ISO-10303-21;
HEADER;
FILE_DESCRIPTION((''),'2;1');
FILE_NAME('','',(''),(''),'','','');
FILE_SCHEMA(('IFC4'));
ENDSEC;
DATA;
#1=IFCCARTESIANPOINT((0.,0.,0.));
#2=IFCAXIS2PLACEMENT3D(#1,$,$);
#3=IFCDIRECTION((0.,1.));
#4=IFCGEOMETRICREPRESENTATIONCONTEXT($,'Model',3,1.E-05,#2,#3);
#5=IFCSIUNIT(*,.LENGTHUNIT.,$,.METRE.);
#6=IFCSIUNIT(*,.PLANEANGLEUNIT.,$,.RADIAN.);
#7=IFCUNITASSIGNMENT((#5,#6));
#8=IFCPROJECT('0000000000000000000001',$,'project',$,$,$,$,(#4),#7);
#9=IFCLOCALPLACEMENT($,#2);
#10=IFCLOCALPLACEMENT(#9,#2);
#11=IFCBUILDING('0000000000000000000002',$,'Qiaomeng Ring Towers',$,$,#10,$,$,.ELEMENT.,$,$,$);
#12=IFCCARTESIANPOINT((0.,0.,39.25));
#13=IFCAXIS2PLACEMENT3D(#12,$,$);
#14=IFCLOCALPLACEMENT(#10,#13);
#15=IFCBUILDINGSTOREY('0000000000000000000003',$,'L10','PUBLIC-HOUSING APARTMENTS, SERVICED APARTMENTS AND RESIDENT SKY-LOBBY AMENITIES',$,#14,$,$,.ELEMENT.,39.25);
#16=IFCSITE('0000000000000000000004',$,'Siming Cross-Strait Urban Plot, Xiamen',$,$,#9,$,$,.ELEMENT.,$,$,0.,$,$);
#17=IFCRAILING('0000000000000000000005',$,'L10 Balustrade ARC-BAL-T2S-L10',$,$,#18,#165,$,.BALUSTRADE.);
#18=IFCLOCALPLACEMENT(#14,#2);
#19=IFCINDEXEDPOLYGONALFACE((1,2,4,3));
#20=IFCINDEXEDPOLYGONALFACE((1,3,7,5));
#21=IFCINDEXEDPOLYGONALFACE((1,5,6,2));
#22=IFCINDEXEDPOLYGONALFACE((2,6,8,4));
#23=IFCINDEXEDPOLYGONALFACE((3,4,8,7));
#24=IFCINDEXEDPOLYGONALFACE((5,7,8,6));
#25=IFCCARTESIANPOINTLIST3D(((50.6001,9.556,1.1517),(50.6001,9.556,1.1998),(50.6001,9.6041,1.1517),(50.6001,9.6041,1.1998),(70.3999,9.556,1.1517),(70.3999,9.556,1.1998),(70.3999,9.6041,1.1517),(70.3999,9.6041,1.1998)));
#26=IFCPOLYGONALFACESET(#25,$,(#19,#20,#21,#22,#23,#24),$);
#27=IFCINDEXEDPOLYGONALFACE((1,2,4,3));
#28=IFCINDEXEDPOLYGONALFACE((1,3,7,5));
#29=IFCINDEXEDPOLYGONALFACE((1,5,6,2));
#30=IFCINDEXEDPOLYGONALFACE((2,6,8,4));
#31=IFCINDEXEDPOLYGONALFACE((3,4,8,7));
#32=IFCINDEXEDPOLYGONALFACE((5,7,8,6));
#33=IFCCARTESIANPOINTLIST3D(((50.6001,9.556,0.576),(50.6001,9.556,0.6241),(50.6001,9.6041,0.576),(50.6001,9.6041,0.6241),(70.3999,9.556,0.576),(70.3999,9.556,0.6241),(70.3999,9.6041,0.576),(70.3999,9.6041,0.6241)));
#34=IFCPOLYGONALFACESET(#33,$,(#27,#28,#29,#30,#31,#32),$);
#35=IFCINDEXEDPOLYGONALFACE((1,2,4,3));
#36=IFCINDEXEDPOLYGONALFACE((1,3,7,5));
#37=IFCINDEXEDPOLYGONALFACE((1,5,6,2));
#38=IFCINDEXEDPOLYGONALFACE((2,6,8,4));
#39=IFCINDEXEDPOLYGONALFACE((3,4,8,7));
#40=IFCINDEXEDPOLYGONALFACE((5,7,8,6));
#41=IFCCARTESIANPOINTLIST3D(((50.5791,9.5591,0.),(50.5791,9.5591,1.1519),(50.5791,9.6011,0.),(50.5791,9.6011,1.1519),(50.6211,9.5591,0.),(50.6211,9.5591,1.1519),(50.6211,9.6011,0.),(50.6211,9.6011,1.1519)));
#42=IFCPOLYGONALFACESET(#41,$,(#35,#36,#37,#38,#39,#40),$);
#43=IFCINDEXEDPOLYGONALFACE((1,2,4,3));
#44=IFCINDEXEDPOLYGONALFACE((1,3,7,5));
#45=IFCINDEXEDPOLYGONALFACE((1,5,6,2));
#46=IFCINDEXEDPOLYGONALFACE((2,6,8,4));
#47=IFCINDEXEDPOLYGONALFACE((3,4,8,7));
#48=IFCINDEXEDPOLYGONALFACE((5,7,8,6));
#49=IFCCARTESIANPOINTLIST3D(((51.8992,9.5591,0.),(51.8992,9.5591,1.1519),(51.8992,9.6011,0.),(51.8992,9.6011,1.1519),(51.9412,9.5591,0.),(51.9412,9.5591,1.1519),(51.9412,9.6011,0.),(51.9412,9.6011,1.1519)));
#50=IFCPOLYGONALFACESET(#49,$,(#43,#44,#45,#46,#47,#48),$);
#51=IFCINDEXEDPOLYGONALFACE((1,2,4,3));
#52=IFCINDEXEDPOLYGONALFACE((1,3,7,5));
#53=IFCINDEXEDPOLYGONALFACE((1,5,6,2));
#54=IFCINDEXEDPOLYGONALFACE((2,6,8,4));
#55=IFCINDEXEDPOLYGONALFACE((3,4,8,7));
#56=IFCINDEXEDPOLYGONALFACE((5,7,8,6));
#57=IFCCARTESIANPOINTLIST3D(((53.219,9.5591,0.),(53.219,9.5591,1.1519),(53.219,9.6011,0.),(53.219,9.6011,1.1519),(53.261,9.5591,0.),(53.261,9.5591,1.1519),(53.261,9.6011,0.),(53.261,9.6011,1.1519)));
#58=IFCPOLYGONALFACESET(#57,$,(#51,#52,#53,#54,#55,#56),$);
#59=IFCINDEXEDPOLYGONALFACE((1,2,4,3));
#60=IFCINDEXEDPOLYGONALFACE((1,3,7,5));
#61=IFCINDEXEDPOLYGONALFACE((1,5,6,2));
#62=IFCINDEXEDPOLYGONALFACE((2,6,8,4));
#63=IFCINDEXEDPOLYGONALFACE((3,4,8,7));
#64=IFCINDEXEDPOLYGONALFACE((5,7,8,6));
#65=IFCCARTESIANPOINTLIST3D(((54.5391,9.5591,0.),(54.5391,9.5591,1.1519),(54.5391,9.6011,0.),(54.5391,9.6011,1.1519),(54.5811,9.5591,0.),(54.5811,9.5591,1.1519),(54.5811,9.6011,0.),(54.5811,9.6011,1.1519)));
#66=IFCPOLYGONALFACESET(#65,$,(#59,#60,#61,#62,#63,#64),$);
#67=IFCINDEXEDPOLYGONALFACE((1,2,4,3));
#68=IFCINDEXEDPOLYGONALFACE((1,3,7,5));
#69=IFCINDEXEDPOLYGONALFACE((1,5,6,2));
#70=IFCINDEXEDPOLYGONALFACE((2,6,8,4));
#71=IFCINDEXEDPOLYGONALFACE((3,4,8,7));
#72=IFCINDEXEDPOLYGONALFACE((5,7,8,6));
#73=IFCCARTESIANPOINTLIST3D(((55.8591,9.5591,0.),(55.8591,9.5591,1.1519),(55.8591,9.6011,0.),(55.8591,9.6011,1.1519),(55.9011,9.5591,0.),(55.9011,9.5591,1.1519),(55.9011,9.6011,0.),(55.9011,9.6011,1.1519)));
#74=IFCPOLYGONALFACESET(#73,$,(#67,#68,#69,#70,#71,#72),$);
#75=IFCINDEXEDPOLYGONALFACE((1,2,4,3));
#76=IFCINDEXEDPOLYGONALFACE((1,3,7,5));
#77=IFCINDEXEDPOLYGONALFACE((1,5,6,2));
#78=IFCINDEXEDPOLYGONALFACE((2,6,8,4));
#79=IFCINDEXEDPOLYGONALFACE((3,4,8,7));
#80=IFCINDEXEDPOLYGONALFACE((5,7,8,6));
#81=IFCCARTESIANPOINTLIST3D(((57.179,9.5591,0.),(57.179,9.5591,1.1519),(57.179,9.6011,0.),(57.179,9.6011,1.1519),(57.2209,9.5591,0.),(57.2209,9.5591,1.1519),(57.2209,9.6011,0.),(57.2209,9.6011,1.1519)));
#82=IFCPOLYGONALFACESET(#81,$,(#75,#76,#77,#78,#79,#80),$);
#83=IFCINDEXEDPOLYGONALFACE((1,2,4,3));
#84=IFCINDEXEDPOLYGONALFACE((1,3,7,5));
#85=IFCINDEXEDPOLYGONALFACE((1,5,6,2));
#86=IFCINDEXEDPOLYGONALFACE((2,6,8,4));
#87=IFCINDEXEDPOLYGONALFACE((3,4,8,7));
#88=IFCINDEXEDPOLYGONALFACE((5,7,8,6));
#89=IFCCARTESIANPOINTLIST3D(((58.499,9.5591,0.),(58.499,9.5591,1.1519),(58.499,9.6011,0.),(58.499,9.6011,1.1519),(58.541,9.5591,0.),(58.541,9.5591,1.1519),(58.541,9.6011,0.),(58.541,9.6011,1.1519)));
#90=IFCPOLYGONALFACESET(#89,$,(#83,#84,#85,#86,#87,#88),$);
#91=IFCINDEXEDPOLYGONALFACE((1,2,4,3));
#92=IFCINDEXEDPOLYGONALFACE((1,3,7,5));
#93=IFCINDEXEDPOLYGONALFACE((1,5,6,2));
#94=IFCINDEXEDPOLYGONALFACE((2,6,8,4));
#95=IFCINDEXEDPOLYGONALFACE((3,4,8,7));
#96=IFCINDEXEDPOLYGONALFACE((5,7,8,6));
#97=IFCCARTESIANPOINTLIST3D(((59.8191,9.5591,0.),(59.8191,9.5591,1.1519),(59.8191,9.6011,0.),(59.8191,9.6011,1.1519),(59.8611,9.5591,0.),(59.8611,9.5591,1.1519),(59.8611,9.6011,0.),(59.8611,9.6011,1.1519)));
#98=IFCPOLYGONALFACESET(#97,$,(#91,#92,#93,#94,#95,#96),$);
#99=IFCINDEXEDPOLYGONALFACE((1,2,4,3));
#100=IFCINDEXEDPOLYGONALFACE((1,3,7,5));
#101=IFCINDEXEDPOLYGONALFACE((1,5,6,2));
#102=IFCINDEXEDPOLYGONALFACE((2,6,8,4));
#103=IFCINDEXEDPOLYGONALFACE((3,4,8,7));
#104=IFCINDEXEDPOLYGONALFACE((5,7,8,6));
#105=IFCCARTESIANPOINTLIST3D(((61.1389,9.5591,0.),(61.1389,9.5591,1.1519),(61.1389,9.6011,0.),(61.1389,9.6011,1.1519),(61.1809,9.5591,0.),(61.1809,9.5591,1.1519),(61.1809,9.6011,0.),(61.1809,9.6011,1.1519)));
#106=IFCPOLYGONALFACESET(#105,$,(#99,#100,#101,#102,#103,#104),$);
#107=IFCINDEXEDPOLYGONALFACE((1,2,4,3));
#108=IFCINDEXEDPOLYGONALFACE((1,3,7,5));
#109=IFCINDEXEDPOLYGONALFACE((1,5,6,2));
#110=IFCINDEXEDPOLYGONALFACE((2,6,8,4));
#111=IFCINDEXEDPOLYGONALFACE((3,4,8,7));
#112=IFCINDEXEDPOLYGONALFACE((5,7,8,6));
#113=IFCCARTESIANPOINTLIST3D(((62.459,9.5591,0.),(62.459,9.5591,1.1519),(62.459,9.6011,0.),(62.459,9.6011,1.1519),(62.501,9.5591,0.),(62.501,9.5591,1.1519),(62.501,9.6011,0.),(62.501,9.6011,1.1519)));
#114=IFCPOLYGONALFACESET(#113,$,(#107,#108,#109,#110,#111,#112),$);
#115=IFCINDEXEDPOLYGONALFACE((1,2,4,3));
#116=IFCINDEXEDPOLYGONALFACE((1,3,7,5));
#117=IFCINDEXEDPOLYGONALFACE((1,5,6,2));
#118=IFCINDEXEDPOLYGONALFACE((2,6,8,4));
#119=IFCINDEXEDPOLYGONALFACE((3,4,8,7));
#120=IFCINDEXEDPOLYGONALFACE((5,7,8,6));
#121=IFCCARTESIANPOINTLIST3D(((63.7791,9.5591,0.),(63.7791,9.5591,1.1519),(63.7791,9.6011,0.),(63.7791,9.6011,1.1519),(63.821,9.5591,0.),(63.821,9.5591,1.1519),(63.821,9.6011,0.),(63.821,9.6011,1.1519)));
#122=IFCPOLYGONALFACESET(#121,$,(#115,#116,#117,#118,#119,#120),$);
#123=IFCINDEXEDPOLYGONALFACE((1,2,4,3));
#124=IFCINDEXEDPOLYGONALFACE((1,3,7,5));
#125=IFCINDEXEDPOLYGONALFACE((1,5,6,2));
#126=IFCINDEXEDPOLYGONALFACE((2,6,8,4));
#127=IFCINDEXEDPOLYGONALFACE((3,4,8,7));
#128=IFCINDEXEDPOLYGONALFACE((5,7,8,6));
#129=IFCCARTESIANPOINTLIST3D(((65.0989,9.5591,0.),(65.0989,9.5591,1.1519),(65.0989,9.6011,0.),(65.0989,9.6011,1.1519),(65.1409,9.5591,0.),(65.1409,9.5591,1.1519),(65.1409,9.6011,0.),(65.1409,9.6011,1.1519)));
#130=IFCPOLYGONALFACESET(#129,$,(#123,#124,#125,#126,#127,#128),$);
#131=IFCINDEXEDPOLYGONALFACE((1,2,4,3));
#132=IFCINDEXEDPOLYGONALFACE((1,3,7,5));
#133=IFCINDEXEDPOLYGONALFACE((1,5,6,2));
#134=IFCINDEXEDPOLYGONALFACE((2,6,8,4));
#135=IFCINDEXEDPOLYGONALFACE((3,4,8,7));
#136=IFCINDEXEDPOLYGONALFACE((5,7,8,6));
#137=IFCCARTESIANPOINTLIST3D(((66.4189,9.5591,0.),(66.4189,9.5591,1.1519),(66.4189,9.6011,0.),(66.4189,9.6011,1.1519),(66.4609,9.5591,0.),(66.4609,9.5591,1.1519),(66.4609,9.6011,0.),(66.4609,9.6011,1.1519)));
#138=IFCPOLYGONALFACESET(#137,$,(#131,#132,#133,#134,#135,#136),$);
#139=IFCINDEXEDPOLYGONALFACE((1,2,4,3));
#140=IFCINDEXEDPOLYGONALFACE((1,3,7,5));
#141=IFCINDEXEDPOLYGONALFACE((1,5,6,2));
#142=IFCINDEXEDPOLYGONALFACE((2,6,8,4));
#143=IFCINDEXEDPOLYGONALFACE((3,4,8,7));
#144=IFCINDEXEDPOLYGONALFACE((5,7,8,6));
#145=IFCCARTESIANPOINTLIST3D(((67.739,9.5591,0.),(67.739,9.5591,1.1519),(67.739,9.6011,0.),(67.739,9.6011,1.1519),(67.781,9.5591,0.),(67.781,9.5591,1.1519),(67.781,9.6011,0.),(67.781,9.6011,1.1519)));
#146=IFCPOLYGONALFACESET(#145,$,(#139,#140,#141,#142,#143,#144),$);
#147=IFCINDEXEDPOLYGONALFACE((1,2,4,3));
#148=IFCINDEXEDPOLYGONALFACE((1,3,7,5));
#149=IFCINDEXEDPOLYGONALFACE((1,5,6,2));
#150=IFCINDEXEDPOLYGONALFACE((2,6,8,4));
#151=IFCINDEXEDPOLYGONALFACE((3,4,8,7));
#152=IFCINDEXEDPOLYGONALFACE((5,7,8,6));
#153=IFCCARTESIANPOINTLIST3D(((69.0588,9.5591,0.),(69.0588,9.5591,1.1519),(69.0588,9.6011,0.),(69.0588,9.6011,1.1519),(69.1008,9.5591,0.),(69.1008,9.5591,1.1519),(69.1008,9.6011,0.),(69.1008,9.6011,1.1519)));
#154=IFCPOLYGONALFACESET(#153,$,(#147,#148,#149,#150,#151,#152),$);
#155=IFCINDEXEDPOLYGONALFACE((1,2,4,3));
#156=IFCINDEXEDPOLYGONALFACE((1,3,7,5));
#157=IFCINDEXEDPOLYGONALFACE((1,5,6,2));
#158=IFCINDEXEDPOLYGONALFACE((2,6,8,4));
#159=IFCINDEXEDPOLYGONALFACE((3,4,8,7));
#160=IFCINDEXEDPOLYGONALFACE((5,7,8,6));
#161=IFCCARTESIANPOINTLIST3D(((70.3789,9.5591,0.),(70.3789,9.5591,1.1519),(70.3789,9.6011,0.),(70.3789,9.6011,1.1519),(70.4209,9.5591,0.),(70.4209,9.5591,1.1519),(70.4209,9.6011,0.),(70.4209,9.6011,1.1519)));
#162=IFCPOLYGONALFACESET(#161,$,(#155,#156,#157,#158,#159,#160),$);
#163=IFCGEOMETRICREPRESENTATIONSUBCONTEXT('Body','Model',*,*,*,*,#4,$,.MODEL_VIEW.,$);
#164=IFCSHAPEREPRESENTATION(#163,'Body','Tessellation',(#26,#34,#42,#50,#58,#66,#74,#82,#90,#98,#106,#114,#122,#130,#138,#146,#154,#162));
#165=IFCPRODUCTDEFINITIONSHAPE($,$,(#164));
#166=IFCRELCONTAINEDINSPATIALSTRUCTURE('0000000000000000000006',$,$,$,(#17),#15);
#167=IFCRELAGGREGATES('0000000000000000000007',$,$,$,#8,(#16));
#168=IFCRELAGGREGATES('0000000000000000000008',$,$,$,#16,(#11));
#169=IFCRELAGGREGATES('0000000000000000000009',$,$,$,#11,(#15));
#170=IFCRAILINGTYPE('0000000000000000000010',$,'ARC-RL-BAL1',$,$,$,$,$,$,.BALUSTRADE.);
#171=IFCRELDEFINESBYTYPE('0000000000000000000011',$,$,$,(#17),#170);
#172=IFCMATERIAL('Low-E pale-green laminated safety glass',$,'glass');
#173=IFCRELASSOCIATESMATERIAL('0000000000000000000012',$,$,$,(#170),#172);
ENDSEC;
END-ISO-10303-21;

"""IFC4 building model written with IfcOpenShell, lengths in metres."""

from ifc_helpers import new_model, si_unit, direction, frame, origin, origin_2d, place, context, subcontext, project, spatial, rectangle, extrude, material, type_object, element, save


model = new_model("IFC4")

# Units and contexts
model_context = context("Model", 3, precision=1e-05, world=origin(), true_north=direction((0.0, 1.0)))
body_context = subcontext(model_context, "Body", "Model", "MODEL_VIEW")
ifc_project = project(units=[si_unit("LENGTHUNIT", "METRE"), si_unit("PLANEANGLEUNIT", "RADIAN")], contexts=[model_context])

# Site, building, storey
site_placement = place(None, origin())
site = spatial("IfcSite", under=ifc_project, at=site_placement, Name="Siming Cross-Strait Urban Plot, Xiamen", CompositionType="ELEMENT", RefElevation=0.0)
building_placement = place(site_placement, origin())
building = spatial("IfcBuilding", under=site, at=building_placement, Name="Qiaomeng Ring Towers", CompositionType="ELEMENT")
storey_placement = place(building_placement, frame((0.0, 0.0, 39.25)))
storey = spatial("IfcBuildingStorey", under=building, at=storey_placement, Name="L10", Description="PUBLIC-HOUSING APARTMENTS, SERVICED APARTMENTS AND RESIDENT SKY-LOBBY AMENITIES", CompositionType="ELEMENT", Elevation=39.25)

# Railing
ifc_material_1 = material(Name="Low-E pale-green laminated safety glass", Category="glass")
railing_type = type_object("IfcRailingType", Name="ARC-RL-BAL1", PredefinedType="BALUSTRADE", material=ifc_material_1)
railing_placement = place(storey_placement, frame((50.6001, 9.5801, 0.0)))
element("IfcRailing", 1, at=railing_placement, inside=storey, type_object=railing_type, Name="L10 Balustrade ARC-BAL-T2S-L10", PredefinedType="BALUSTRADE", context=body_context, shape_type="SweptSolid", body=[
    extrude(rectangle(XDim=0.0481, YDim=0.0481, at=origin_2d()), frame((0.0, 0.0, 1.1758), z_axis=(1.0, 0.0, 0.0), x_axis=(0.0, 1.0, 0.0)), (0.0, 0.0, 1.0), 19.7998),
    extrude(rectangle(XDim=0.0481, YDim=0.0481, at=origin_2d()), frame((0.0, 0.0, 0.6001), z_axis=(1.0, 0.0, 0.0), x_axis=(0.0, 1.0, 0.0)), (0.0, 0.0, 1.0), 19.7998),
    extrude(rectangle(XDim=0.042, YDim=0.042, at=origin_2d()), origin(), (0.0, 0.0, 1.0), 1.1519),
    extrude(rectangle(XDim=0.042, YDim=0.042, at=origin_2d()), frame((1.3201, 0.0, 0.0)), (0.0, 0.0, 1.0), 1.1519),
    extrude(rectangle(XDim=0.042, YDim=0.042, at=origin_2d()), frame((2.6399, 0.0, 0.0)), (0.0, 0.0, 1.0), 1.1519),
    extrude(rectangle(XDim=0.042, YDim=0.042, at=origin_2d()), frame((3.96, 0.0, 0.0)), (0.0, 0.0, 1.0), 1.1519),
    extrude(rectangle(XDim=0.042, YDim=0.042, at=origin_2d()), frame((5.28, 0.0, 0.0)), (0.0, 0.0, 1.0), 1.1519),
    extrude(rectangle(XDim=0.042, YDim=0.042, at=origin_2d()), frame((6.5999, 0.0, 0.0)), (0.0, 0.0, 1.0), 1.1519),
    extrude(rectangle(XDim=0.042, YDim=0.042, at=origin_2d()), frame((7.9199, 0.0, 0.0)), (0.0, 0.0, 1.0), 1.1519),
    extrude(rectangle(XDim=0.042, YDim=0.042, at=origin_2d()), frame((9.24, 0.0, 0.0)), (0.0, 0.0, 1.0), 1.1519),
    extrude(rectangle(XDim=0.042, YDim=0.042, at=origin_2d()), frame((10.5598, 0.0, 0.0)), (0.0, 0.0, 1.0), 1.1519),
    extrude(rectangle(XDim=0.042, YDim=0.042, at=origin_2d()), frame((11.8799, 0.0, 0.0)), (0.0, 0.0, 1.0), 1.1519),
    extrude(rectangle(XDim=0.042, YDim=0.042, at=origin_2d()), frame((13.2, 0.0, 0.0)), (0.0, 0.0, 1.0), 1.1519),
    extrude(rectangle(XDim=0.042, YDim=0.042, at=origin_2d()), frame((14.5198, 0.0, 0.0)), (0.0, 0.0, 1.0), 1.1519),
    extrude(rectangle(XDim=0.042, YDim=0.042, at=origin_2d()), frame((15.8398, 0.0, 0.0)), (0.0, 0.0, 1.0), 1.1519),
    extrude(rectangle(XDim=0.042, YDim=0.042, at=origin_2d()), frame((17.1599, 0.0, 0.0)), (0.0, 0.0, 1.0), 1.1519),
    extrude(rectangle(XDim=0.042, YDim=0.042, at=origin_2d()), frame((18.4797, 0.0, 0.0)), (0.0, 0.0, 1.0), 1.1519),
    extrude(rectangle(XDim=0.042, YDim=0.042, at=origin_2d()), frame((19.7998, 0.0, 0.0)), (0.0, 0.0, 1.0), 1.1519),
])

save(model, "model.ifc")
